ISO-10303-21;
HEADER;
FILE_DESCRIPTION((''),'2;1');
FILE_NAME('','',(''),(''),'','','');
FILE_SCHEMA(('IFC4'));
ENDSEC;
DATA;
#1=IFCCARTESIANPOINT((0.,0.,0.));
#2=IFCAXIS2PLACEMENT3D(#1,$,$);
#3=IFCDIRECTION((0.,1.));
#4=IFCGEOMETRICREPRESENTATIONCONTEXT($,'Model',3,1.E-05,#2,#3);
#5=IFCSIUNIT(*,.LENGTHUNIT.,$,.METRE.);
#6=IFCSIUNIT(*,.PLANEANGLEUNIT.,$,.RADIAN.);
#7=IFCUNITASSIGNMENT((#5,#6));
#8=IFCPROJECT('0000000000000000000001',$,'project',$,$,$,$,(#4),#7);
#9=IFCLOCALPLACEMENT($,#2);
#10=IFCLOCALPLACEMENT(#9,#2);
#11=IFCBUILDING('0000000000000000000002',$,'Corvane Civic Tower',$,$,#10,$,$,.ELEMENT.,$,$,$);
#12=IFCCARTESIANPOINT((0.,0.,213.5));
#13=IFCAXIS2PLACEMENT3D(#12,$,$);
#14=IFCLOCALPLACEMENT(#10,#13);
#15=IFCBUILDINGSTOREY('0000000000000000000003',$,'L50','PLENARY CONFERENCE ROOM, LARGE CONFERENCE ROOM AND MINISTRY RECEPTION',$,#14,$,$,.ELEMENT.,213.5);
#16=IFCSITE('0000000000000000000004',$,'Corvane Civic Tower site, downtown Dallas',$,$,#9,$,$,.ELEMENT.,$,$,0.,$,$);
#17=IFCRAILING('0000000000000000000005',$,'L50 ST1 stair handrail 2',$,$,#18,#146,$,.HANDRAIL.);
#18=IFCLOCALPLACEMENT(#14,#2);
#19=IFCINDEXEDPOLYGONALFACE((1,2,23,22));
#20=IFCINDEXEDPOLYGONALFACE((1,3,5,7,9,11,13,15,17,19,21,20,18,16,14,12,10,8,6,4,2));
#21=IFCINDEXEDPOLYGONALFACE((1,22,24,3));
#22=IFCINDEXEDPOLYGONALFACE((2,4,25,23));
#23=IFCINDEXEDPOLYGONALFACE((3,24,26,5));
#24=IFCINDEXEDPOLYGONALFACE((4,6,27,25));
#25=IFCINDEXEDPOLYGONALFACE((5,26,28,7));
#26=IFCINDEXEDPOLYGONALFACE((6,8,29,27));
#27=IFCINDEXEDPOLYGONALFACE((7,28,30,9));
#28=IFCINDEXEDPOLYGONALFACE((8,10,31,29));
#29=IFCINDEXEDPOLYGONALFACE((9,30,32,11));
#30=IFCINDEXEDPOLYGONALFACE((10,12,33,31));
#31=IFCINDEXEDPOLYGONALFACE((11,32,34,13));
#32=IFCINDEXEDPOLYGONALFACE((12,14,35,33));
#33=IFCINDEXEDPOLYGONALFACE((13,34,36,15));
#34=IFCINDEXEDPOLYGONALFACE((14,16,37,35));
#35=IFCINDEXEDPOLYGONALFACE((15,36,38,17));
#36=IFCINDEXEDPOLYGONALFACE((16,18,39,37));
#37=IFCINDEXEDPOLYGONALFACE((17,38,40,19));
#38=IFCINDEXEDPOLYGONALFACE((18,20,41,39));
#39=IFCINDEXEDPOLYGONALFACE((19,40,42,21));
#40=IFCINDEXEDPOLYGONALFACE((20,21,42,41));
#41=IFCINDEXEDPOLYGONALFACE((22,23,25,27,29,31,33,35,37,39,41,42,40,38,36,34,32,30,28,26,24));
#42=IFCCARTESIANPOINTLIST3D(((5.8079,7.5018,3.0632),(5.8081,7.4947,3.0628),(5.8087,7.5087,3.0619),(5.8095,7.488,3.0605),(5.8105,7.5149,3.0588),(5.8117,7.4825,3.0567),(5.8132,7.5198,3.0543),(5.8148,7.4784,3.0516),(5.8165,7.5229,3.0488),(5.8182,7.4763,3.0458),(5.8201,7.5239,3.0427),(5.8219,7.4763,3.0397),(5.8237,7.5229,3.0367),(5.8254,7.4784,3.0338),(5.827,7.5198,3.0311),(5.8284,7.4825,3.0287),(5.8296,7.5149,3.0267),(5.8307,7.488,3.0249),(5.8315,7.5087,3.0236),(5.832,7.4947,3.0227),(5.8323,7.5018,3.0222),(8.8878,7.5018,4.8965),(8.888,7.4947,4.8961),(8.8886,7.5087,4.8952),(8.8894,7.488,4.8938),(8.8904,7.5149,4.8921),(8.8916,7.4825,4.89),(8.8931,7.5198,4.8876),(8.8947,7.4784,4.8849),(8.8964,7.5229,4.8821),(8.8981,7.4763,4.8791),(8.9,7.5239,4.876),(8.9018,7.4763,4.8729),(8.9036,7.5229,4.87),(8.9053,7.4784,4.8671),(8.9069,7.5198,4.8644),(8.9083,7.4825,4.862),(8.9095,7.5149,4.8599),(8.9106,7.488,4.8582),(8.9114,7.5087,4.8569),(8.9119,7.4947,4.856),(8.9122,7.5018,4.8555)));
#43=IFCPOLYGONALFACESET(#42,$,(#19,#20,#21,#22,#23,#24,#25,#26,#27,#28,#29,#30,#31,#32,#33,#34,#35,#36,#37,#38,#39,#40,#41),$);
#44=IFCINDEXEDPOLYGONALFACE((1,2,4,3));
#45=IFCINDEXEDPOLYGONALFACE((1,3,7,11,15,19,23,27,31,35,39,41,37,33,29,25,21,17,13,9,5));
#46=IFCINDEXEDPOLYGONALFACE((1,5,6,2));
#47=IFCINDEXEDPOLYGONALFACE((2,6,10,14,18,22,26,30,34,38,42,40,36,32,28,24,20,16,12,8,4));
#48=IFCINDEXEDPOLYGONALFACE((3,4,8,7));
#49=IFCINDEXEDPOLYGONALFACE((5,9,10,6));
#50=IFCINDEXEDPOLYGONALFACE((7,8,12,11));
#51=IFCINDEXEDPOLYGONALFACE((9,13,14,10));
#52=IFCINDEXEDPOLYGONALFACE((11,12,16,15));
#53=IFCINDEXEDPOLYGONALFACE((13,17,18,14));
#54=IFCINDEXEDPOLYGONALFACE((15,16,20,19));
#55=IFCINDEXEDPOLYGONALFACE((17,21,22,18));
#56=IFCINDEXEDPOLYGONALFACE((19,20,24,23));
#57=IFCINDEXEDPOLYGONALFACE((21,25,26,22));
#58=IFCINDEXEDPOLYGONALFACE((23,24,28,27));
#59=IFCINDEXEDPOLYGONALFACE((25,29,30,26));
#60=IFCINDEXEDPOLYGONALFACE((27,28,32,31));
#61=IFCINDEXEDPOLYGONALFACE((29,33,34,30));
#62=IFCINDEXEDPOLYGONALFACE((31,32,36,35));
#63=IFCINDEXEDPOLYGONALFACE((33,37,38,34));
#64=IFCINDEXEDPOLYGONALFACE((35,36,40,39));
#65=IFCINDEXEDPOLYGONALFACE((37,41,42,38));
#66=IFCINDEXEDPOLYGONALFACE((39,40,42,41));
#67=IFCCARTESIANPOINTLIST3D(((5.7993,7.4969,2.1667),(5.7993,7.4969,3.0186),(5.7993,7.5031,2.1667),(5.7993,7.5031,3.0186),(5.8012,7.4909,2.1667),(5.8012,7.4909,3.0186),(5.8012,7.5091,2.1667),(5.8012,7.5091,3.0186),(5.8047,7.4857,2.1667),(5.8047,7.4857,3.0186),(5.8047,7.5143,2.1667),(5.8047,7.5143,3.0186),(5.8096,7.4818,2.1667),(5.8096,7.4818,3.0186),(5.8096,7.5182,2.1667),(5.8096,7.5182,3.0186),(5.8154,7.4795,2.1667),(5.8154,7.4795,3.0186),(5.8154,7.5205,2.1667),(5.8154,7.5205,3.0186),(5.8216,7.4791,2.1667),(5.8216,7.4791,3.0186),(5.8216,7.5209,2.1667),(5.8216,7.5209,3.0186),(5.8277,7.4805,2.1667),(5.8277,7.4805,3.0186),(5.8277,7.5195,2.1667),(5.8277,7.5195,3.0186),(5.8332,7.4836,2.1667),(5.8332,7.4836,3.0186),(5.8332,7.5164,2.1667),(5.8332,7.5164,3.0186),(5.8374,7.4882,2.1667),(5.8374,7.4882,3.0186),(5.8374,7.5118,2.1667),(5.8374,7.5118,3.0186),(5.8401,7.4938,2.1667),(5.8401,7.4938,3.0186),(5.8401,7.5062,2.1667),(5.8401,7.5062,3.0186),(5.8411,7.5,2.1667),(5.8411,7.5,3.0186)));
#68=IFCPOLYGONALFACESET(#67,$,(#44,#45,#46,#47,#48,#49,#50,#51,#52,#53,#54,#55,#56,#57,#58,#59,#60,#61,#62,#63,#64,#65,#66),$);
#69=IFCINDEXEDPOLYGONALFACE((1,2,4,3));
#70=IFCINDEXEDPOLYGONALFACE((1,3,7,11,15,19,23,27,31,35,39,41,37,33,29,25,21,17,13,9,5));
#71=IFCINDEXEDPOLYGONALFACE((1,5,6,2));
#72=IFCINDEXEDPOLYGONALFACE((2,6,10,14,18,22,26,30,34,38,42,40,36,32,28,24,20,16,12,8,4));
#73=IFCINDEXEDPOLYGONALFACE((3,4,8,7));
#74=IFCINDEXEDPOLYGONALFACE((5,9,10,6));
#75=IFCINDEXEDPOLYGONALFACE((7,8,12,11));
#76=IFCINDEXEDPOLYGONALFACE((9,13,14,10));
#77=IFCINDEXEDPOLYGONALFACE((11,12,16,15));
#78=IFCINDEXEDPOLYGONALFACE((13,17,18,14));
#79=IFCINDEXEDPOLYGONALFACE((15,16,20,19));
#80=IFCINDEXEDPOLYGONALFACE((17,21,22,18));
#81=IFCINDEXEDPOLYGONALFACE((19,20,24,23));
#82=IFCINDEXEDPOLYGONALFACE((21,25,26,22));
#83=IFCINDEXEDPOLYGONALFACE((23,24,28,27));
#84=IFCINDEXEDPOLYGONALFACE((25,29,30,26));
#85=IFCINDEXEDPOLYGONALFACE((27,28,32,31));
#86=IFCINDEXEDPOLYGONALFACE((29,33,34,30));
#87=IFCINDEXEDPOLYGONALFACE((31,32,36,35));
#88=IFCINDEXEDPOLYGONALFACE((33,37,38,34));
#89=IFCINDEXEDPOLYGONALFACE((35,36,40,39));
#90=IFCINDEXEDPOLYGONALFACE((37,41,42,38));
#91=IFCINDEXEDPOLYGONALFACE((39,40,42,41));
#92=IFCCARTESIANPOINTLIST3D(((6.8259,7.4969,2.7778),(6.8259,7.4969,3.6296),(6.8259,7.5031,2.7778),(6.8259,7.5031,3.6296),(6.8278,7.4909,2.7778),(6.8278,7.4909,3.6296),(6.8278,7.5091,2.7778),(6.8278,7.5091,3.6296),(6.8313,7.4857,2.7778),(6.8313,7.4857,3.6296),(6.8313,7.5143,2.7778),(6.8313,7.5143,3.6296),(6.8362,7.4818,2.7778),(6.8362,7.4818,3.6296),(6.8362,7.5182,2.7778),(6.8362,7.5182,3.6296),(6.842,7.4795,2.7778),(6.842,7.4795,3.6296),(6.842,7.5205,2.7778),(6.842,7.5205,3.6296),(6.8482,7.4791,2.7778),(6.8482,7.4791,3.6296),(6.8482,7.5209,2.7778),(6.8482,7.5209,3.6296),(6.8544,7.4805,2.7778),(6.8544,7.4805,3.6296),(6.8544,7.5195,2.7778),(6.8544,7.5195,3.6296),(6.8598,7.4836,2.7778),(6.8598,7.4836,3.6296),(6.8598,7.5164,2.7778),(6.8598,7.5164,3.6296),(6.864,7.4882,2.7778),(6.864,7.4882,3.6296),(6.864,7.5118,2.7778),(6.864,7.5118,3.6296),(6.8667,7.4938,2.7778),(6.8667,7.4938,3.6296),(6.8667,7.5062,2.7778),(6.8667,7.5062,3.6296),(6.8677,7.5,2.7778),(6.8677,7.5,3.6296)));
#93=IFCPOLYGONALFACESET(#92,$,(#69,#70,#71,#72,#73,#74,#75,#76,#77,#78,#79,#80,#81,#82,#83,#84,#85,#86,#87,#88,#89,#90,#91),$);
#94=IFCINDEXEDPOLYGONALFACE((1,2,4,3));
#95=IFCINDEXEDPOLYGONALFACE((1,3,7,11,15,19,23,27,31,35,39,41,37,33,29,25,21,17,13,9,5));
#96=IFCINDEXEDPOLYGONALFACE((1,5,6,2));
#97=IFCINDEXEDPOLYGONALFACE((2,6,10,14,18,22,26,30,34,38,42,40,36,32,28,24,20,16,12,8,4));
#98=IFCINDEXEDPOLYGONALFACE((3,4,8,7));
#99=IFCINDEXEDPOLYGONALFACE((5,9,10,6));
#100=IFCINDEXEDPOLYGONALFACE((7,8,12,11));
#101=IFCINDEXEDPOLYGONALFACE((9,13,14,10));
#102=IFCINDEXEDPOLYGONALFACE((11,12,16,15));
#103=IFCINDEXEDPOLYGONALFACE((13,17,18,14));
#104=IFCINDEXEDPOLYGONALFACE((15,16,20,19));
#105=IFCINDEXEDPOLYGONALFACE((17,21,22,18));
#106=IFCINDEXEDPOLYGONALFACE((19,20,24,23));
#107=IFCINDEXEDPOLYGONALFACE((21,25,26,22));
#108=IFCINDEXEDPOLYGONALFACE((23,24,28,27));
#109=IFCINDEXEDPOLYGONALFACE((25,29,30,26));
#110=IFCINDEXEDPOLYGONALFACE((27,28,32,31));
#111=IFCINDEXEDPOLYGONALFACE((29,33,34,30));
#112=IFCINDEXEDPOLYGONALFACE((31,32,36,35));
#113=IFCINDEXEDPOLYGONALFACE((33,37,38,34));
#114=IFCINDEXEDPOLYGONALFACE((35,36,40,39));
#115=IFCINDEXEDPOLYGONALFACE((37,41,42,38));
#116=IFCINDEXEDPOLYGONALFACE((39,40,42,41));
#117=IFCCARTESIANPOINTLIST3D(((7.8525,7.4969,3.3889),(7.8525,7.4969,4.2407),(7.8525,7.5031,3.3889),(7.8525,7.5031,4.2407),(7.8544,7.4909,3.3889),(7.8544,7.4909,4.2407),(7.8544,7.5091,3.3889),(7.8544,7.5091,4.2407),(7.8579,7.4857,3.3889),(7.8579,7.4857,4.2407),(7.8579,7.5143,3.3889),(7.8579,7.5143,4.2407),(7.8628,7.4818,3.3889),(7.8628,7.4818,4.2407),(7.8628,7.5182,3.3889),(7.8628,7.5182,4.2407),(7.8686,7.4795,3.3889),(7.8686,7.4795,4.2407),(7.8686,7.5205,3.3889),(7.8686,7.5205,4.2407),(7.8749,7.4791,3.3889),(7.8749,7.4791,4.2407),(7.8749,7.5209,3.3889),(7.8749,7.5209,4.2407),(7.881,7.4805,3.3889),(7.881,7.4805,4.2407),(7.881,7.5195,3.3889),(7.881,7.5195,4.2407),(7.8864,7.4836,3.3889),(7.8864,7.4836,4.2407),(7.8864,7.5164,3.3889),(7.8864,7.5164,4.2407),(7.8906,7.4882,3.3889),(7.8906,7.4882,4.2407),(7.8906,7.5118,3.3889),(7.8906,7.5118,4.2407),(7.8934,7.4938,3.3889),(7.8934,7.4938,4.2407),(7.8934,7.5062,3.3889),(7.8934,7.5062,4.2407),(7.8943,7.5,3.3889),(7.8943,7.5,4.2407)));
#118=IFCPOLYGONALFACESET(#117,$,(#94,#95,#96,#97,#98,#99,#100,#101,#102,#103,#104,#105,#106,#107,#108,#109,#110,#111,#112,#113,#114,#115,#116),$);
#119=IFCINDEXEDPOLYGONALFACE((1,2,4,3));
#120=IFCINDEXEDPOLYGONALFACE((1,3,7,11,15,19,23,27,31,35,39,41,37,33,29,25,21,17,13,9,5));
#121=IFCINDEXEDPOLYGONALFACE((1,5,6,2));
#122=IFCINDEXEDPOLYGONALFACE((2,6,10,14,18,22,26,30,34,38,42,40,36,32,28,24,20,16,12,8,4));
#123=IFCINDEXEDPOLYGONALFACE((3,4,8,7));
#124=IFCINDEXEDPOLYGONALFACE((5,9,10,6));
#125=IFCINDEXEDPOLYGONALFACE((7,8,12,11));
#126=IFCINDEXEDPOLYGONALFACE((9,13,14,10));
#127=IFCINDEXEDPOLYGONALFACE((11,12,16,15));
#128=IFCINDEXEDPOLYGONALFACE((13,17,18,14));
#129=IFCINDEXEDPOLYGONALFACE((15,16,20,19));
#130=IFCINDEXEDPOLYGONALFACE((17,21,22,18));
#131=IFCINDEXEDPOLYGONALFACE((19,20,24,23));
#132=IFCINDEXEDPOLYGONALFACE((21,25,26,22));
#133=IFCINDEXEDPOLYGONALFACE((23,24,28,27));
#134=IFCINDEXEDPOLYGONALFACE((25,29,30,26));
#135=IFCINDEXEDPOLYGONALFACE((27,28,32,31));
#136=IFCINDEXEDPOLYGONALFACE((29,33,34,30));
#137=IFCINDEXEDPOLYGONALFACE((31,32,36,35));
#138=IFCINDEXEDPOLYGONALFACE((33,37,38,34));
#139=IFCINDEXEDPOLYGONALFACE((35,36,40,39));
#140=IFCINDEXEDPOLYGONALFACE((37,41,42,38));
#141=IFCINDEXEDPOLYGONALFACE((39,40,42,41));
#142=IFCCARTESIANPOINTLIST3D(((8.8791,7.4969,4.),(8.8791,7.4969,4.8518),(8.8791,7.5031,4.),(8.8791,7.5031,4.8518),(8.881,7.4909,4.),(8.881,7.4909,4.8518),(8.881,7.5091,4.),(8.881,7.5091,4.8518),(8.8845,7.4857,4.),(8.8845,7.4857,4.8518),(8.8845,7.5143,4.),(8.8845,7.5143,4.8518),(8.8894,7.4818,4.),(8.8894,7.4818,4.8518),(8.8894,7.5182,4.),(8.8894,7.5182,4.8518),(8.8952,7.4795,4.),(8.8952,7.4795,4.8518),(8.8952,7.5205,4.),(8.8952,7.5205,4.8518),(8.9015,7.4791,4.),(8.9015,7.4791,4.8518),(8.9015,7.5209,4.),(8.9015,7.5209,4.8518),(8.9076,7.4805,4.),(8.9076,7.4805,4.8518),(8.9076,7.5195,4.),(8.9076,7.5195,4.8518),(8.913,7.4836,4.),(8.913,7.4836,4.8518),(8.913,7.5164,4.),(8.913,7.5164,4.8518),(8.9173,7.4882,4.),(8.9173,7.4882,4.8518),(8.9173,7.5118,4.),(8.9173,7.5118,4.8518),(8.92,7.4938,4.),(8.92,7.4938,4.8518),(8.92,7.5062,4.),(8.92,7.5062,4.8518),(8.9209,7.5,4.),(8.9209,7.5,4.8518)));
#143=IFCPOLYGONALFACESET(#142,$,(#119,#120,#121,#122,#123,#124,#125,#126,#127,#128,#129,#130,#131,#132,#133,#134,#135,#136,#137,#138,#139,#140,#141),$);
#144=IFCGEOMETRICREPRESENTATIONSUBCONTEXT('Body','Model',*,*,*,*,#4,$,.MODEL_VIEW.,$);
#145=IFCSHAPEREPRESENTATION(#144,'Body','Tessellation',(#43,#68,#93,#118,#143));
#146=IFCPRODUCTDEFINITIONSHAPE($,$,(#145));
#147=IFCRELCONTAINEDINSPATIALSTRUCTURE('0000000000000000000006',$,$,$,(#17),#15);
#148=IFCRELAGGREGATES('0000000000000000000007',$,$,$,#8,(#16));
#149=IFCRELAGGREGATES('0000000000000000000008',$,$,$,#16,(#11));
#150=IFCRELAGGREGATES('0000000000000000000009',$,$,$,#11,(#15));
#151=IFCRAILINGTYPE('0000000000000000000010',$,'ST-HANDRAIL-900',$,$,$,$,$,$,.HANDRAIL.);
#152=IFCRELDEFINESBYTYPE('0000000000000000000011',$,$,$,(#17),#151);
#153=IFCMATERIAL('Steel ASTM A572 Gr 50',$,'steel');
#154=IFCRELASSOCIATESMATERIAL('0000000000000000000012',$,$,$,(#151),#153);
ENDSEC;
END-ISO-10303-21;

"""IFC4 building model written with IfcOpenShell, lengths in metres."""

from ifc_helpers import new_model, si_unit, direction, frame, origin, origin_2d, place, context, subcontext, project, spatial, circle, extrude, material, type_object, element, save


model = new_model("IFC4")

# Units and contexts
model_context = context("Model", 3, precision=1e-05, world=origin(), true_north=direction((0.0, 1.0)))
body_context = subcontext(model_context, "Body", "Model", "MODEL_VIEW")
ifc_project = project(units=[si_unit("LENGTHUNIT", "METRE"), si_unit("PLANEANGLEUNIT", "RADIAN")], contexts=[model_context])

# Site, building, storey
site_placement = place(None, origin())
site = spatial("IfcSite", under=ifc_project, at=site_placement, Name="Corvane Civic Tower site, downtown Dallas", CompositionType="ELEMENT", RefElevation=0.0)
building_placement = place(site_placement, origin())
building = spatial("IfcBuilding", under=site, at=building_placement, Name="Corvane Civic Tower", CompositionType="ELEMENT")
storey_placement = place(building_placement, frame((0.0, 0.0, 213.5)))
storey = spatial("IfcBuildingStorey", under=building, at=storey_placement, Name="L50", Description="PLENARY CONFERENCE ROOM, LARGE CONFERENCE ROOM AND MINISTRY RECEPTION", CompositionType="ELEMENT", Elevation=213.5)

# Railing
ifc_material_1 = material(Name="Steel ASTM A572 Gr 50", Category="steel")
railing_type_1 = type_object("IfcRailingType", Name="ST-HANDRAIL-900", PredefinedType="HANDRAIL", material=ifc_material_1)
railing_1_placement = place(storey_placement, frame((5.8201, 7.5, 2.1667)))
element("IfcRailing", 1, at=railing_1_placement, inside=storey, type_object=railing_type_1, Name="L50 ST1 stair handrail 2", PredefinedType="HANDRAIL", context=body_context, shape_type="SweptSolid", body=[
    extrude(circle(Radius=0.0239, at=origin_2d()), frame((0.0, 0.0, 0.876), z_axis=(0.859291, 0.0, 0.511487), x_axis=(0.0, 1.0, 0.0)), (0.0, 0.0, 1.0), 3.5842),
    extrude(circle(Radius=0.021, at=origin_2d()), origin(), (0.0, 0.0, 1.0), 0.8518),
    extrude(circle(Radius=0.021, at=origin_2d()), frame((1.0266, 0.0, 0.6111)), (0.0, 0.0, 1.0), 0.8518),
    extrude(circle(Radius=0.021, at=origin_2d()), frame((2.0532, 0.0, 1.2222)), (0.0, 0.0, 1.0), 0.8518),
    extrude(circle(Radius=0.021, at=origin_2d()), frame((3.0798, 0.0, 1.8333)), (0.0, 0.0, 1.0), 0.8518),
])

save(model, "model.ifc")
